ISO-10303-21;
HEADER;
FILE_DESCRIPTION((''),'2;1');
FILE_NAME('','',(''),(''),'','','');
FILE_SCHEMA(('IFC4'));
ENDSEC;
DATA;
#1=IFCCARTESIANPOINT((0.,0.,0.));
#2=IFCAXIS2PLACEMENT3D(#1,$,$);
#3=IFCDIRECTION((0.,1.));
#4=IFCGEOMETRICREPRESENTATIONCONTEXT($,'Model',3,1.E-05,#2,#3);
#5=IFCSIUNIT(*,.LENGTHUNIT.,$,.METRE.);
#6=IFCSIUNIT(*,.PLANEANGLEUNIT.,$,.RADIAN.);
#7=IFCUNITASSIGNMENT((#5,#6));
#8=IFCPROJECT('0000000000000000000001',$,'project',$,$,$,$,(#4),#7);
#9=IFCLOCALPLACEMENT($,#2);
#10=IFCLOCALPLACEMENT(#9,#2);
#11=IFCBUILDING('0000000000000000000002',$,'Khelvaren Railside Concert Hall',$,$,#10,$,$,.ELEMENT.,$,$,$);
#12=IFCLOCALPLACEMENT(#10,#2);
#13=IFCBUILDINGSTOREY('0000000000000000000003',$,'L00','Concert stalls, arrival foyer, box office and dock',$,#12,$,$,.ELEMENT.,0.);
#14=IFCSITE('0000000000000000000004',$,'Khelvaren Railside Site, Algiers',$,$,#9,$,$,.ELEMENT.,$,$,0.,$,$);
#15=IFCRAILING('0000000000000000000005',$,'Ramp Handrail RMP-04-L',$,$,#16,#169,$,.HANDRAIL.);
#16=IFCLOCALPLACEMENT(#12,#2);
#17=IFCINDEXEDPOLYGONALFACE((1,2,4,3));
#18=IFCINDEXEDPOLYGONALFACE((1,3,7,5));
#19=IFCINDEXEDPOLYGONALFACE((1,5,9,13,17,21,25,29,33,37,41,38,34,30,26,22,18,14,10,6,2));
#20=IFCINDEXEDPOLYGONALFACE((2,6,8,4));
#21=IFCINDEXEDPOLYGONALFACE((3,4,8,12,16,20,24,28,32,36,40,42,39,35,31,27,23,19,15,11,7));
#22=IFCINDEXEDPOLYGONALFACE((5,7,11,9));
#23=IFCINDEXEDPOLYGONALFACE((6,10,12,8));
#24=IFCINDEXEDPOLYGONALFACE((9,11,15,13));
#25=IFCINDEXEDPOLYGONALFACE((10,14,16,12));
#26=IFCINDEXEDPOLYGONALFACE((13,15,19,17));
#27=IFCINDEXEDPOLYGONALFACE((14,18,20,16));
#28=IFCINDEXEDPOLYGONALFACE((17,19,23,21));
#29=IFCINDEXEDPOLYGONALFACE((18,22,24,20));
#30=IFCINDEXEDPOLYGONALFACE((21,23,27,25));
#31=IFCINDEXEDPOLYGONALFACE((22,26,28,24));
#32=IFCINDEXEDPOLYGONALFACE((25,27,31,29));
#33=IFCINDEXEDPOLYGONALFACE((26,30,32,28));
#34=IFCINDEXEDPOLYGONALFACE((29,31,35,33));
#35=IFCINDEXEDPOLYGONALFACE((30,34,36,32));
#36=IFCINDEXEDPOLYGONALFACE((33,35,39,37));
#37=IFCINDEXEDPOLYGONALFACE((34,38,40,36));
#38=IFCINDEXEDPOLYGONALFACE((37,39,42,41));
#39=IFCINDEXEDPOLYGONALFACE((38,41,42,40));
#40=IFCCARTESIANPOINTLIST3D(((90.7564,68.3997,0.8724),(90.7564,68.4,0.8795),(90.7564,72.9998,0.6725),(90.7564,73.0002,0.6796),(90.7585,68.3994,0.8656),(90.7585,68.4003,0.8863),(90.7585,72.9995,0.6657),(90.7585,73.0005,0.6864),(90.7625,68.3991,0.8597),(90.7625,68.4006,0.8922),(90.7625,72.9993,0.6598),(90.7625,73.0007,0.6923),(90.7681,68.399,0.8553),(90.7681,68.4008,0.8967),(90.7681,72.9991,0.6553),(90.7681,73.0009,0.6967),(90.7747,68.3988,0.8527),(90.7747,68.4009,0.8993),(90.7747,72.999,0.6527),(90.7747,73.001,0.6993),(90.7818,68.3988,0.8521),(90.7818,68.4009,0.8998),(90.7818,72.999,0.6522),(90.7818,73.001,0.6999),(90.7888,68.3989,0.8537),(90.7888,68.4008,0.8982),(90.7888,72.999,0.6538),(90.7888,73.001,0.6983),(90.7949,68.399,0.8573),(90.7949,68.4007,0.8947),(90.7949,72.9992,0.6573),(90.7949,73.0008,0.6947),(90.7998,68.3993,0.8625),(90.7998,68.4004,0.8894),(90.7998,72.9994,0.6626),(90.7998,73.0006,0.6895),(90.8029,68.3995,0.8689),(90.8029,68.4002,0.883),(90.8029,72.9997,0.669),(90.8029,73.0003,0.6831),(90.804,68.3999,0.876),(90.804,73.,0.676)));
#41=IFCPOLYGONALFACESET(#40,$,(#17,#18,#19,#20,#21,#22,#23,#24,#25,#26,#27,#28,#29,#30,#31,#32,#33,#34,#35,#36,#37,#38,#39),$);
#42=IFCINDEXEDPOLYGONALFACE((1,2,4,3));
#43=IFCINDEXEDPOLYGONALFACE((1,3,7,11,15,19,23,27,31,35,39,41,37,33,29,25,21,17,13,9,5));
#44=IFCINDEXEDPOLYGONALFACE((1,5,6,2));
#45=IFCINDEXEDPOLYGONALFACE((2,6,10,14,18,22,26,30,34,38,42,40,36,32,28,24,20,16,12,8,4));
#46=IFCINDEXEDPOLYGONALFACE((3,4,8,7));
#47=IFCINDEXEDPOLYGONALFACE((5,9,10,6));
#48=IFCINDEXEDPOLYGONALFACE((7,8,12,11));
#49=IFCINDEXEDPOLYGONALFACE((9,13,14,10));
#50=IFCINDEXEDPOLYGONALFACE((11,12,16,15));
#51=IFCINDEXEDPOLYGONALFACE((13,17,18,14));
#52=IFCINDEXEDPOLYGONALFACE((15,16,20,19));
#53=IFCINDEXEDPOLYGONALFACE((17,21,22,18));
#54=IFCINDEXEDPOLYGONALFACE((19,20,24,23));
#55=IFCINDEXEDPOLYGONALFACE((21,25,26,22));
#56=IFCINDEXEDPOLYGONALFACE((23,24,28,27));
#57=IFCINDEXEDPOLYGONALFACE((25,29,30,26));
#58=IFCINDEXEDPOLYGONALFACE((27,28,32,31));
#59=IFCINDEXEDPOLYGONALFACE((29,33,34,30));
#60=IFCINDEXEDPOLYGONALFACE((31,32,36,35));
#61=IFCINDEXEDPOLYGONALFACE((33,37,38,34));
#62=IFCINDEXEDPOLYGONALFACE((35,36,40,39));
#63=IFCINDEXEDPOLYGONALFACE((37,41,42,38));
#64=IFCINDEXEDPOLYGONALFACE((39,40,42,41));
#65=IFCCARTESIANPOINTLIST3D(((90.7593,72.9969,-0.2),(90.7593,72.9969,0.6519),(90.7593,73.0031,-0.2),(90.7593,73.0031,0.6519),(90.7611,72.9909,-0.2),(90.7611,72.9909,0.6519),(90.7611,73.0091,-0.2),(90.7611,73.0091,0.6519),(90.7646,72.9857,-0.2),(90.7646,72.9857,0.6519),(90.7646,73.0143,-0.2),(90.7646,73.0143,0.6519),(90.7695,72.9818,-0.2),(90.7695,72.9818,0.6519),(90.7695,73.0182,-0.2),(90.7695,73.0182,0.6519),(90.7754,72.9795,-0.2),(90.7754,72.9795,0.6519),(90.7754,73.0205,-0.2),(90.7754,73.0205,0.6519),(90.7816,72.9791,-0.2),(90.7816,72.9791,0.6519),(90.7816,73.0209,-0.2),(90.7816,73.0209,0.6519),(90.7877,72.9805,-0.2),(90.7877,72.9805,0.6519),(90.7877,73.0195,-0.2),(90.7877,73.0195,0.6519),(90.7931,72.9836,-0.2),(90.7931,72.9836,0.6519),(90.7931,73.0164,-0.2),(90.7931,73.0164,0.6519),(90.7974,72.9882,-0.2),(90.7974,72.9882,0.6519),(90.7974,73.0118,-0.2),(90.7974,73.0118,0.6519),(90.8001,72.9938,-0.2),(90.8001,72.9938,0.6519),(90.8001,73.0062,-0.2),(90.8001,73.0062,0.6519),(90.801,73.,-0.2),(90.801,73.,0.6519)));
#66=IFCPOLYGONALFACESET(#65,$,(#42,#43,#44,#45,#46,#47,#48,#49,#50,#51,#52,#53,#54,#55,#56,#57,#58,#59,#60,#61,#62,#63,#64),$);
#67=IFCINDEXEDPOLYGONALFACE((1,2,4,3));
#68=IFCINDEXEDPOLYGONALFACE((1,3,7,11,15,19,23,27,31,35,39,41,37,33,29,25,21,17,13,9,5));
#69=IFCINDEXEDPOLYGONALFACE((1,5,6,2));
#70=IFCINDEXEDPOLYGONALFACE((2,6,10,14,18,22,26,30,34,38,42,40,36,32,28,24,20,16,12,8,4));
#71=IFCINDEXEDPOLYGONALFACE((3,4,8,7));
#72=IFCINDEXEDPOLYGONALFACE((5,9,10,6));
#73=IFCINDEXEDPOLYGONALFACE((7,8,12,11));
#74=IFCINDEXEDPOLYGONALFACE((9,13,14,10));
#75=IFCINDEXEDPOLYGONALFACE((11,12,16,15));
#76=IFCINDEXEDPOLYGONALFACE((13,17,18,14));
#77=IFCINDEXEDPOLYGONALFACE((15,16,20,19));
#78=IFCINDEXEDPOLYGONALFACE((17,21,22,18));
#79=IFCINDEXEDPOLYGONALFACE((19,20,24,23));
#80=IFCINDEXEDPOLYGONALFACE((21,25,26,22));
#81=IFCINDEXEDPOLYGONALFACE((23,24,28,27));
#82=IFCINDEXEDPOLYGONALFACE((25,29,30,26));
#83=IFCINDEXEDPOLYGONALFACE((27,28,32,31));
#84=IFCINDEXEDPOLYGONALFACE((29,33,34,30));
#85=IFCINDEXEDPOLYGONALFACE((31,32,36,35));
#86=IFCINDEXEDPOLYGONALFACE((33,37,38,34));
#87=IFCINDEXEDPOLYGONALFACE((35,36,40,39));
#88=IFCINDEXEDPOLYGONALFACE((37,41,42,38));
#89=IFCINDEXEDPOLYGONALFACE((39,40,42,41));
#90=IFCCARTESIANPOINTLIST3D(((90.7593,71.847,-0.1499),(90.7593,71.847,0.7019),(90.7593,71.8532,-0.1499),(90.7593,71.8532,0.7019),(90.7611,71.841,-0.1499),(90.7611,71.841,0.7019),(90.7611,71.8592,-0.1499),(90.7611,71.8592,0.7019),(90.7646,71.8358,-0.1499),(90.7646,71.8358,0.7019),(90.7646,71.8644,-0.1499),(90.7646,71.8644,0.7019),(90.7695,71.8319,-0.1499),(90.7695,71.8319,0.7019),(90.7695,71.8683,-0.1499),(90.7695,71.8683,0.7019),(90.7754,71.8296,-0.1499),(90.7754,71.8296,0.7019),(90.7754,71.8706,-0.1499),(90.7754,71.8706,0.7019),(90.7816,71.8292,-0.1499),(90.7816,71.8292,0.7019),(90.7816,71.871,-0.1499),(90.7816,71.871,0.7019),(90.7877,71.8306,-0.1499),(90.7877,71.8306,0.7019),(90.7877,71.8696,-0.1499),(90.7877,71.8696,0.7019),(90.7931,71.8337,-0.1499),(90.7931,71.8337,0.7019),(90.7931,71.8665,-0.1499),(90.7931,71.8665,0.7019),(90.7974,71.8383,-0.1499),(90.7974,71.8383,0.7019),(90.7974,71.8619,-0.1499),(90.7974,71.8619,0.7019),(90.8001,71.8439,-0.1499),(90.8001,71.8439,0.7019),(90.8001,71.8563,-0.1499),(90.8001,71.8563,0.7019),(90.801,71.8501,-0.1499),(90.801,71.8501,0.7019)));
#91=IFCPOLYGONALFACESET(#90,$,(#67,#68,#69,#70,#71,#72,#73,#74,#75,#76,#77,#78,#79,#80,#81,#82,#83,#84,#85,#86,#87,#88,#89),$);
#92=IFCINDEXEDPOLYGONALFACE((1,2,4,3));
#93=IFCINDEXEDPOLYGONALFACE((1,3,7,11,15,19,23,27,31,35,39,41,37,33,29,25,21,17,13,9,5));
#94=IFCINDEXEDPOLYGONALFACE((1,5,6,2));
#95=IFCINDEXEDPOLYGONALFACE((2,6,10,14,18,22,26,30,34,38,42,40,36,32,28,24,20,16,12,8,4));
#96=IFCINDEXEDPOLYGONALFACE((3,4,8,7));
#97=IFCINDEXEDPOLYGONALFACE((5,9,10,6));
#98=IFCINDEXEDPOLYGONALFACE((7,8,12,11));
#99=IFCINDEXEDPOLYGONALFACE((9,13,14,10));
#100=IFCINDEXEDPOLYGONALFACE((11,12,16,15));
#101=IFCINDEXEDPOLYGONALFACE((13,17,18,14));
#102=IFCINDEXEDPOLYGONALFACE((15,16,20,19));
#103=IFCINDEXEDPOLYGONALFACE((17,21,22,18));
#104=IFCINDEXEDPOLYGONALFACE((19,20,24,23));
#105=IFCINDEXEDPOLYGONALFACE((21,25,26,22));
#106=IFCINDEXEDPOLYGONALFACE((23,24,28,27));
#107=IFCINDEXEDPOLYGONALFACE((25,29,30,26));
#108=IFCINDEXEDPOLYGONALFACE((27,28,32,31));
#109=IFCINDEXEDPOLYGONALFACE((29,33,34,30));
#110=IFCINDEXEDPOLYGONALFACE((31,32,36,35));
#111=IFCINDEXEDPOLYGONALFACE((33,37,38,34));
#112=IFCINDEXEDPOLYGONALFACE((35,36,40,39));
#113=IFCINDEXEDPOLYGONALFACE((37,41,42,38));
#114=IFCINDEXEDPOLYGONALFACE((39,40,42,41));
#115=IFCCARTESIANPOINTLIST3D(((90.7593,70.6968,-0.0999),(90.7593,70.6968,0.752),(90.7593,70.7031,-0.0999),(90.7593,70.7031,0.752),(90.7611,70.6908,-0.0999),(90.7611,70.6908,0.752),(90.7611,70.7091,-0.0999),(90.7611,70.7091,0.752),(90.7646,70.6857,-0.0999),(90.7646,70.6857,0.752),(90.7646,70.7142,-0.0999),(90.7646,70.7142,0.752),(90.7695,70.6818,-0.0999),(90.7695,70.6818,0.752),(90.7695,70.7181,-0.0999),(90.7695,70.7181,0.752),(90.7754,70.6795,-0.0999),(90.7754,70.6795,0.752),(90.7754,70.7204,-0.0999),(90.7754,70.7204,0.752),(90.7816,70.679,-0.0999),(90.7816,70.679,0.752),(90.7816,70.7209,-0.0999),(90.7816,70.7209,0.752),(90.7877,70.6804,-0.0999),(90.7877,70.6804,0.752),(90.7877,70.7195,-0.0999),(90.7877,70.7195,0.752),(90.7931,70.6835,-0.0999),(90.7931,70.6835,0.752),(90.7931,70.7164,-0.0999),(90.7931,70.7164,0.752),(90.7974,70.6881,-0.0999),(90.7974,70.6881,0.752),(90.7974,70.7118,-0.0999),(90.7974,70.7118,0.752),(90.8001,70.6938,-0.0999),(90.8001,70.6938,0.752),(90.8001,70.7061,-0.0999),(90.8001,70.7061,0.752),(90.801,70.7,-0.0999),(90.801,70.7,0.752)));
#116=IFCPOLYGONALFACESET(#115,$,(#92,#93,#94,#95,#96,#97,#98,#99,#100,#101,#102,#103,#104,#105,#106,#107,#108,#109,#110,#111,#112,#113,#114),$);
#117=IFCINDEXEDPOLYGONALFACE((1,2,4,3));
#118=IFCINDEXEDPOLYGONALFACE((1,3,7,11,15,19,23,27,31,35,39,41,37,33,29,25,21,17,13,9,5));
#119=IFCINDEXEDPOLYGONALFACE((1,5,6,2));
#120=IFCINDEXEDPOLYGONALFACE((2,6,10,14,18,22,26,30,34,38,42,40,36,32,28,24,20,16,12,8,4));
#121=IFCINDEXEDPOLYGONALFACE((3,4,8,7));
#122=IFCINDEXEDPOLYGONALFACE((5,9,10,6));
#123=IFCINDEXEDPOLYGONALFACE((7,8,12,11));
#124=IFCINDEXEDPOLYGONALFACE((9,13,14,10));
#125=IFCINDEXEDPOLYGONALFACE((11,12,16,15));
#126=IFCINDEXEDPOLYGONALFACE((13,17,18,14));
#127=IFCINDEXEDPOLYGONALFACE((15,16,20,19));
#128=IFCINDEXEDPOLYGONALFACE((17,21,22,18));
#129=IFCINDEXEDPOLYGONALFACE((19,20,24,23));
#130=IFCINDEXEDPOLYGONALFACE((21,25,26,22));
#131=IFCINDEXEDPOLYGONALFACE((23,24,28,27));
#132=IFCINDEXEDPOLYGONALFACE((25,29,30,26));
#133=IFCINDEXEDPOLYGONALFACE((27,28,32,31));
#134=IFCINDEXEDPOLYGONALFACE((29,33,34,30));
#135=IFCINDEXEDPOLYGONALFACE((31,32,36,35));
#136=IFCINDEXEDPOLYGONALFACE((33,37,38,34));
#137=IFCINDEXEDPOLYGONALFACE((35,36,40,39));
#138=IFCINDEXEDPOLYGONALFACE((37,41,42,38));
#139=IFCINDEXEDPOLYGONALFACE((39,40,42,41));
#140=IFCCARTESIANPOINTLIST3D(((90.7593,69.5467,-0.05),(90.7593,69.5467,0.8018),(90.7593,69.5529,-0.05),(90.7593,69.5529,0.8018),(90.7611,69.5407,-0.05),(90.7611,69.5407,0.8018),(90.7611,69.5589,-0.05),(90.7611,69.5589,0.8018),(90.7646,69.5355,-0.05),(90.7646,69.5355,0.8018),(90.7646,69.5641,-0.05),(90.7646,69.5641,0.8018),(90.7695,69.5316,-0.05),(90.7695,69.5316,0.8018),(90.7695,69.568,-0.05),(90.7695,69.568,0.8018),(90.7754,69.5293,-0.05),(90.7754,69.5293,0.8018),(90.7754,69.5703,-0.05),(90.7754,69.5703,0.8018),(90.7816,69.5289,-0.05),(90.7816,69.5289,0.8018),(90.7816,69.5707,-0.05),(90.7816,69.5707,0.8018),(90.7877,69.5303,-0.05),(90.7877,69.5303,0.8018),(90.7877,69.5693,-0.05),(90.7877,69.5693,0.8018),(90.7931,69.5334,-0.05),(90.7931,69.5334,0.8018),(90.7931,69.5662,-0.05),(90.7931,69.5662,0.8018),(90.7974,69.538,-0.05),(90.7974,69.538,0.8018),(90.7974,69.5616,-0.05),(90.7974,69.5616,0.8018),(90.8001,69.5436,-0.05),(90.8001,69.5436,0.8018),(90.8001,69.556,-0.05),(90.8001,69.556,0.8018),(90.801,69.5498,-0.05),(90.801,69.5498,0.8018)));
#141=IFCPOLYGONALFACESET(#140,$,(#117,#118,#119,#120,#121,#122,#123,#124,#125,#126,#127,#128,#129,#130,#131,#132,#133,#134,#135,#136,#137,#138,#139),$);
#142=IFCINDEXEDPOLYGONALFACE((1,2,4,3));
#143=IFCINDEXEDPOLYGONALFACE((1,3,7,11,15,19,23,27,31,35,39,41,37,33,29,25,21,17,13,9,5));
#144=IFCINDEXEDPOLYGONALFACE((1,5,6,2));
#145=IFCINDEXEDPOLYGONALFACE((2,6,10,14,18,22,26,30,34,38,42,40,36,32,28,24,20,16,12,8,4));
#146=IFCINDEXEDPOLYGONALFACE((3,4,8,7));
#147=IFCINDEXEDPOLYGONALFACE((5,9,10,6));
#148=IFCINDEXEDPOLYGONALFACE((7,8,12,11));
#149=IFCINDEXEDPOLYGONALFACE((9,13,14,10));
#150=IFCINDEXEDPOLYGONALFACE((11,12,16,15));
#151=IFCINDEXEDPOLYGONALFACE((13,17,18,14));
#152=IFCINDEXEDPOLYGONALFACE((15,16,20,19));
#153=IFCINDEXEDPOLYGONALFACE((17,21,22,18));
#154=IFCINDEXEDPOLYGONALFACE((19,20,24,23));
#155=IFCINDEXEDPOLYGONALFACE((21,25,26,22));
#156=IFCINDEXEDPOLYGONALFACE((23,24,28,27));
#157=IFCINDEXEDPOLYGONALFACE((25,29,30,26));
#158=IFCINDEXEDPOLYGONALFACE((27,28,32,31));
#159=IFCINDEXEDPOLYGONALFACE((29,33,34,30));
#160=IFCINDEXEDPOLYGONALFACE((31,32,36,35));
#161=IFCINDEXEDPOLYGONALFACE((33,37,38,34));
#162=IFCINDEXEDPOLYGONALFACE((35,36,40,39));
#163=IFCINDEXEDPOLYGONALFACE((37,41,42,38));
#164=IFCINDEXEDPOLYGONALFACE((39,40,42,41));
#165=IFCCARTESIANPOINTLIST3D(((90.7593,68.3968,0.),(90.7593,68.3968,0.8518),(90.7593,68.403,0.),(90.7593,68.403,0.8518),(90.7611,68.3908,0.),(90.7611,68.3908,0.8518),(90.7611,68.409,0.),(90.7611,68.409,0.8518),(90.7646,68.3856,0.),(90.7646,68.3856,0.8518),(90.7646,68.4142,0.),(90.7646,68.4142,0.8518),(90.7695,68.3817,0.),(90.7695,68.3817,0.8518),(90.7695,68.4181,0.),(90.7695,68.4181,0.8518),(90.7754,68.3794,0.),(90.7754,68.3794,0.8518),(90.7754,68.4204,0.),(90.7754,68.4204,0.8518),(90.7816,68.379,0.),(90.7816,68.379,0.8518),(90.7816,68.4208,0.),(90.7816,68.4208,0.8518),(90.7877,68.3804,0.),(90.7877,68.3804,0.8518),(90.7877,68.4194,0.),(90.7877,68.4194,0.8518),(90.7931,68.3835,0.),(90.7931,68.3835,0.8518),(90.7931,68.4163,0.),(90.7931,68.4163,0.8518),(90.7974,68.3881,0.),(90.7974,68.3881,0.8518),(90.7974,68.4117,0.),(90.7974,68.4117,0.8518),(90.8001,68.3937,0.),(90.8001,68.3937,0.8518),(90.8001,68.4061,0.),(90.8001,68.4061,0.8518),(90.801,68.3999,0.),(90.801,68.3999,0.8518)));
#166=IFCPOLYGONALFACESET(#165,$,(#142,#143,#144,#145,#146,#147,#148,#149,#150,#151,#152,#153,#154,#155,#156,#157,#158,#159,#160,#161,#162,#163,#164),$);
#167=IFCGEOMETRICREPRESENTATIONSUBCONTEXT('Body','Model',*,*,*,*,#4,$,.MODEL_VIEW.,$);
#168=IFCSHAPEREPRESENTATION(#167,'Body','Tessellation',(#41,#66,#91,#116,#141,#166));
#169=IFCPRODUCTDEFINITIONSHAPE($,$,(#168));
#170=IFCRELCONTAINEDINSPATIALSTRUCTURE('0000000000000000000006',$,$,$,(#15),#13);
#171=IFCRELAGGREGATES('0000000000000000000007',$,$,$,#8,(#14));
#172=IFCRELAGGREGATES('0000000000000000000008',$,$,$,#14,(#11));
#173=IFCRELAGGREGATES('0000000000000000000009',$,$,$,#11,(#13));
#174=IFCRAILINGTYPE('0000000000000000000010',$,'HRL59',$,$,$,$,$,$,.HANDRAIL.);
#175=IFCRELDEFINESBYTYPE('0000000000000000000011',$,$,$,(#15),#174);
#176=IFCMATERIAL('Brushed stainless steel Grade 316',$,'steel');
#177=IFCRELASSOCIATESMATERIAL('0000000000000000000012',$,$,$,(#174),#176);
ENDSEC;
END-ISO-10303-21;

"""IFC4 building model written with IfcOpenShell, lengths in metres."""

from ifc_helpers import new_model, si_unit, direction, frame, origin, origin_2d, place, context, subcontext, project, spatial, circle, extrude, material, type_object, element, save


model = new_model("IFC4")

# Units and contexts
model_context = context("Model", 3, precision=1e-05, world=origin(), true_north=direction((0.0, 1.0)))
body_context = subcontext(model_context, "Body", "Model", "MODEL_VIEW")
ifc_project = project(units=[si_unit("LENGTHUNIT", "METRE"), si_unit("PLANEANGLEUNIT", "RADIAN")], contexts=[model_context])

# Site, building, storey
site_placement = place(None, origin())
site = spatial("IfcSite", under=ifc_project, at=site_placement, Name="Khelvaren Railside Site, Algiers", CompositionType="ELEMENT", RefElevation=0.0)
building_placement = place(site_placement, origin())
building = spatial("IfcBuilding", under=site, at=building_placement, Name="Khelvaren Railside Concert Hall", CompositionType="ELEMENT")
storey_placement = place(building_placement, origin())
storey = spatial("IfcBuildingStorey", under=building, at=storey_placement, Name="L00", Description="Concert stalls, arrival foyer, box office and dock", CompositionType="ELEMENT", Elevation=0.0)

# Railing
ifc_material_1 = material(Name="Brushed stainless steel Grade 316", Category="steel")
railing_type_1 = type_object("IfcRailingType", Name="HRL59", PredefinedType="HANDRAIL", material=ifc_material_1)
for number, where, name in (
    (1, (90.78, 73.0, -0.2), "Ramp Handrail RMP-04-L"),
):
    element("IfcRailing", number, at=place(storey_placement, frame(where)), inside=storey, type_object=railing_type_1, Name=name, PredefinedType="HANDRAIL", context=body_context, shape_type="SweptSolid", body=[
        extrude(circle(Radius=0.0239, at=origin_2d()), frame((0.0, 0.0, 0.876), z_axis=(0.0, -0.999057, 0.043426), x_axis=(1.0, 0.0, 0.0)), (0.0, 0.0, 1.0), 4.6045),
        extrude(circle(Radius=0.021, at=origin_2d()), origin(), (0.0, 0.0, 1.0), 0.8518),
        extrude(circle(Radius=0.021, at=origin_2d()), frame((0.0, -1.1499, 0.05)), (0.0, 0.0, 1.0), 0.8518),
        extrude(circle(Radius=0.021, at=origin_2d()), frame((0.0, -2.3, 0.1001)), (0.0, 0.0, 1.0), 0.8518),
        extrude(circle(Radius=0.021, at=origin_2d()), frame((0.0, -3.4502, 0.1499)), (0.0, 0.0, 1.0), 0.8518),
        extrude(circle(Radius=0.021, at=origin_2d()), frame((0.0, -4.6001, 0.2)), (0.0, 0.0, 1.0), 0.8518),
    ])

save(model, "model.ifc")
